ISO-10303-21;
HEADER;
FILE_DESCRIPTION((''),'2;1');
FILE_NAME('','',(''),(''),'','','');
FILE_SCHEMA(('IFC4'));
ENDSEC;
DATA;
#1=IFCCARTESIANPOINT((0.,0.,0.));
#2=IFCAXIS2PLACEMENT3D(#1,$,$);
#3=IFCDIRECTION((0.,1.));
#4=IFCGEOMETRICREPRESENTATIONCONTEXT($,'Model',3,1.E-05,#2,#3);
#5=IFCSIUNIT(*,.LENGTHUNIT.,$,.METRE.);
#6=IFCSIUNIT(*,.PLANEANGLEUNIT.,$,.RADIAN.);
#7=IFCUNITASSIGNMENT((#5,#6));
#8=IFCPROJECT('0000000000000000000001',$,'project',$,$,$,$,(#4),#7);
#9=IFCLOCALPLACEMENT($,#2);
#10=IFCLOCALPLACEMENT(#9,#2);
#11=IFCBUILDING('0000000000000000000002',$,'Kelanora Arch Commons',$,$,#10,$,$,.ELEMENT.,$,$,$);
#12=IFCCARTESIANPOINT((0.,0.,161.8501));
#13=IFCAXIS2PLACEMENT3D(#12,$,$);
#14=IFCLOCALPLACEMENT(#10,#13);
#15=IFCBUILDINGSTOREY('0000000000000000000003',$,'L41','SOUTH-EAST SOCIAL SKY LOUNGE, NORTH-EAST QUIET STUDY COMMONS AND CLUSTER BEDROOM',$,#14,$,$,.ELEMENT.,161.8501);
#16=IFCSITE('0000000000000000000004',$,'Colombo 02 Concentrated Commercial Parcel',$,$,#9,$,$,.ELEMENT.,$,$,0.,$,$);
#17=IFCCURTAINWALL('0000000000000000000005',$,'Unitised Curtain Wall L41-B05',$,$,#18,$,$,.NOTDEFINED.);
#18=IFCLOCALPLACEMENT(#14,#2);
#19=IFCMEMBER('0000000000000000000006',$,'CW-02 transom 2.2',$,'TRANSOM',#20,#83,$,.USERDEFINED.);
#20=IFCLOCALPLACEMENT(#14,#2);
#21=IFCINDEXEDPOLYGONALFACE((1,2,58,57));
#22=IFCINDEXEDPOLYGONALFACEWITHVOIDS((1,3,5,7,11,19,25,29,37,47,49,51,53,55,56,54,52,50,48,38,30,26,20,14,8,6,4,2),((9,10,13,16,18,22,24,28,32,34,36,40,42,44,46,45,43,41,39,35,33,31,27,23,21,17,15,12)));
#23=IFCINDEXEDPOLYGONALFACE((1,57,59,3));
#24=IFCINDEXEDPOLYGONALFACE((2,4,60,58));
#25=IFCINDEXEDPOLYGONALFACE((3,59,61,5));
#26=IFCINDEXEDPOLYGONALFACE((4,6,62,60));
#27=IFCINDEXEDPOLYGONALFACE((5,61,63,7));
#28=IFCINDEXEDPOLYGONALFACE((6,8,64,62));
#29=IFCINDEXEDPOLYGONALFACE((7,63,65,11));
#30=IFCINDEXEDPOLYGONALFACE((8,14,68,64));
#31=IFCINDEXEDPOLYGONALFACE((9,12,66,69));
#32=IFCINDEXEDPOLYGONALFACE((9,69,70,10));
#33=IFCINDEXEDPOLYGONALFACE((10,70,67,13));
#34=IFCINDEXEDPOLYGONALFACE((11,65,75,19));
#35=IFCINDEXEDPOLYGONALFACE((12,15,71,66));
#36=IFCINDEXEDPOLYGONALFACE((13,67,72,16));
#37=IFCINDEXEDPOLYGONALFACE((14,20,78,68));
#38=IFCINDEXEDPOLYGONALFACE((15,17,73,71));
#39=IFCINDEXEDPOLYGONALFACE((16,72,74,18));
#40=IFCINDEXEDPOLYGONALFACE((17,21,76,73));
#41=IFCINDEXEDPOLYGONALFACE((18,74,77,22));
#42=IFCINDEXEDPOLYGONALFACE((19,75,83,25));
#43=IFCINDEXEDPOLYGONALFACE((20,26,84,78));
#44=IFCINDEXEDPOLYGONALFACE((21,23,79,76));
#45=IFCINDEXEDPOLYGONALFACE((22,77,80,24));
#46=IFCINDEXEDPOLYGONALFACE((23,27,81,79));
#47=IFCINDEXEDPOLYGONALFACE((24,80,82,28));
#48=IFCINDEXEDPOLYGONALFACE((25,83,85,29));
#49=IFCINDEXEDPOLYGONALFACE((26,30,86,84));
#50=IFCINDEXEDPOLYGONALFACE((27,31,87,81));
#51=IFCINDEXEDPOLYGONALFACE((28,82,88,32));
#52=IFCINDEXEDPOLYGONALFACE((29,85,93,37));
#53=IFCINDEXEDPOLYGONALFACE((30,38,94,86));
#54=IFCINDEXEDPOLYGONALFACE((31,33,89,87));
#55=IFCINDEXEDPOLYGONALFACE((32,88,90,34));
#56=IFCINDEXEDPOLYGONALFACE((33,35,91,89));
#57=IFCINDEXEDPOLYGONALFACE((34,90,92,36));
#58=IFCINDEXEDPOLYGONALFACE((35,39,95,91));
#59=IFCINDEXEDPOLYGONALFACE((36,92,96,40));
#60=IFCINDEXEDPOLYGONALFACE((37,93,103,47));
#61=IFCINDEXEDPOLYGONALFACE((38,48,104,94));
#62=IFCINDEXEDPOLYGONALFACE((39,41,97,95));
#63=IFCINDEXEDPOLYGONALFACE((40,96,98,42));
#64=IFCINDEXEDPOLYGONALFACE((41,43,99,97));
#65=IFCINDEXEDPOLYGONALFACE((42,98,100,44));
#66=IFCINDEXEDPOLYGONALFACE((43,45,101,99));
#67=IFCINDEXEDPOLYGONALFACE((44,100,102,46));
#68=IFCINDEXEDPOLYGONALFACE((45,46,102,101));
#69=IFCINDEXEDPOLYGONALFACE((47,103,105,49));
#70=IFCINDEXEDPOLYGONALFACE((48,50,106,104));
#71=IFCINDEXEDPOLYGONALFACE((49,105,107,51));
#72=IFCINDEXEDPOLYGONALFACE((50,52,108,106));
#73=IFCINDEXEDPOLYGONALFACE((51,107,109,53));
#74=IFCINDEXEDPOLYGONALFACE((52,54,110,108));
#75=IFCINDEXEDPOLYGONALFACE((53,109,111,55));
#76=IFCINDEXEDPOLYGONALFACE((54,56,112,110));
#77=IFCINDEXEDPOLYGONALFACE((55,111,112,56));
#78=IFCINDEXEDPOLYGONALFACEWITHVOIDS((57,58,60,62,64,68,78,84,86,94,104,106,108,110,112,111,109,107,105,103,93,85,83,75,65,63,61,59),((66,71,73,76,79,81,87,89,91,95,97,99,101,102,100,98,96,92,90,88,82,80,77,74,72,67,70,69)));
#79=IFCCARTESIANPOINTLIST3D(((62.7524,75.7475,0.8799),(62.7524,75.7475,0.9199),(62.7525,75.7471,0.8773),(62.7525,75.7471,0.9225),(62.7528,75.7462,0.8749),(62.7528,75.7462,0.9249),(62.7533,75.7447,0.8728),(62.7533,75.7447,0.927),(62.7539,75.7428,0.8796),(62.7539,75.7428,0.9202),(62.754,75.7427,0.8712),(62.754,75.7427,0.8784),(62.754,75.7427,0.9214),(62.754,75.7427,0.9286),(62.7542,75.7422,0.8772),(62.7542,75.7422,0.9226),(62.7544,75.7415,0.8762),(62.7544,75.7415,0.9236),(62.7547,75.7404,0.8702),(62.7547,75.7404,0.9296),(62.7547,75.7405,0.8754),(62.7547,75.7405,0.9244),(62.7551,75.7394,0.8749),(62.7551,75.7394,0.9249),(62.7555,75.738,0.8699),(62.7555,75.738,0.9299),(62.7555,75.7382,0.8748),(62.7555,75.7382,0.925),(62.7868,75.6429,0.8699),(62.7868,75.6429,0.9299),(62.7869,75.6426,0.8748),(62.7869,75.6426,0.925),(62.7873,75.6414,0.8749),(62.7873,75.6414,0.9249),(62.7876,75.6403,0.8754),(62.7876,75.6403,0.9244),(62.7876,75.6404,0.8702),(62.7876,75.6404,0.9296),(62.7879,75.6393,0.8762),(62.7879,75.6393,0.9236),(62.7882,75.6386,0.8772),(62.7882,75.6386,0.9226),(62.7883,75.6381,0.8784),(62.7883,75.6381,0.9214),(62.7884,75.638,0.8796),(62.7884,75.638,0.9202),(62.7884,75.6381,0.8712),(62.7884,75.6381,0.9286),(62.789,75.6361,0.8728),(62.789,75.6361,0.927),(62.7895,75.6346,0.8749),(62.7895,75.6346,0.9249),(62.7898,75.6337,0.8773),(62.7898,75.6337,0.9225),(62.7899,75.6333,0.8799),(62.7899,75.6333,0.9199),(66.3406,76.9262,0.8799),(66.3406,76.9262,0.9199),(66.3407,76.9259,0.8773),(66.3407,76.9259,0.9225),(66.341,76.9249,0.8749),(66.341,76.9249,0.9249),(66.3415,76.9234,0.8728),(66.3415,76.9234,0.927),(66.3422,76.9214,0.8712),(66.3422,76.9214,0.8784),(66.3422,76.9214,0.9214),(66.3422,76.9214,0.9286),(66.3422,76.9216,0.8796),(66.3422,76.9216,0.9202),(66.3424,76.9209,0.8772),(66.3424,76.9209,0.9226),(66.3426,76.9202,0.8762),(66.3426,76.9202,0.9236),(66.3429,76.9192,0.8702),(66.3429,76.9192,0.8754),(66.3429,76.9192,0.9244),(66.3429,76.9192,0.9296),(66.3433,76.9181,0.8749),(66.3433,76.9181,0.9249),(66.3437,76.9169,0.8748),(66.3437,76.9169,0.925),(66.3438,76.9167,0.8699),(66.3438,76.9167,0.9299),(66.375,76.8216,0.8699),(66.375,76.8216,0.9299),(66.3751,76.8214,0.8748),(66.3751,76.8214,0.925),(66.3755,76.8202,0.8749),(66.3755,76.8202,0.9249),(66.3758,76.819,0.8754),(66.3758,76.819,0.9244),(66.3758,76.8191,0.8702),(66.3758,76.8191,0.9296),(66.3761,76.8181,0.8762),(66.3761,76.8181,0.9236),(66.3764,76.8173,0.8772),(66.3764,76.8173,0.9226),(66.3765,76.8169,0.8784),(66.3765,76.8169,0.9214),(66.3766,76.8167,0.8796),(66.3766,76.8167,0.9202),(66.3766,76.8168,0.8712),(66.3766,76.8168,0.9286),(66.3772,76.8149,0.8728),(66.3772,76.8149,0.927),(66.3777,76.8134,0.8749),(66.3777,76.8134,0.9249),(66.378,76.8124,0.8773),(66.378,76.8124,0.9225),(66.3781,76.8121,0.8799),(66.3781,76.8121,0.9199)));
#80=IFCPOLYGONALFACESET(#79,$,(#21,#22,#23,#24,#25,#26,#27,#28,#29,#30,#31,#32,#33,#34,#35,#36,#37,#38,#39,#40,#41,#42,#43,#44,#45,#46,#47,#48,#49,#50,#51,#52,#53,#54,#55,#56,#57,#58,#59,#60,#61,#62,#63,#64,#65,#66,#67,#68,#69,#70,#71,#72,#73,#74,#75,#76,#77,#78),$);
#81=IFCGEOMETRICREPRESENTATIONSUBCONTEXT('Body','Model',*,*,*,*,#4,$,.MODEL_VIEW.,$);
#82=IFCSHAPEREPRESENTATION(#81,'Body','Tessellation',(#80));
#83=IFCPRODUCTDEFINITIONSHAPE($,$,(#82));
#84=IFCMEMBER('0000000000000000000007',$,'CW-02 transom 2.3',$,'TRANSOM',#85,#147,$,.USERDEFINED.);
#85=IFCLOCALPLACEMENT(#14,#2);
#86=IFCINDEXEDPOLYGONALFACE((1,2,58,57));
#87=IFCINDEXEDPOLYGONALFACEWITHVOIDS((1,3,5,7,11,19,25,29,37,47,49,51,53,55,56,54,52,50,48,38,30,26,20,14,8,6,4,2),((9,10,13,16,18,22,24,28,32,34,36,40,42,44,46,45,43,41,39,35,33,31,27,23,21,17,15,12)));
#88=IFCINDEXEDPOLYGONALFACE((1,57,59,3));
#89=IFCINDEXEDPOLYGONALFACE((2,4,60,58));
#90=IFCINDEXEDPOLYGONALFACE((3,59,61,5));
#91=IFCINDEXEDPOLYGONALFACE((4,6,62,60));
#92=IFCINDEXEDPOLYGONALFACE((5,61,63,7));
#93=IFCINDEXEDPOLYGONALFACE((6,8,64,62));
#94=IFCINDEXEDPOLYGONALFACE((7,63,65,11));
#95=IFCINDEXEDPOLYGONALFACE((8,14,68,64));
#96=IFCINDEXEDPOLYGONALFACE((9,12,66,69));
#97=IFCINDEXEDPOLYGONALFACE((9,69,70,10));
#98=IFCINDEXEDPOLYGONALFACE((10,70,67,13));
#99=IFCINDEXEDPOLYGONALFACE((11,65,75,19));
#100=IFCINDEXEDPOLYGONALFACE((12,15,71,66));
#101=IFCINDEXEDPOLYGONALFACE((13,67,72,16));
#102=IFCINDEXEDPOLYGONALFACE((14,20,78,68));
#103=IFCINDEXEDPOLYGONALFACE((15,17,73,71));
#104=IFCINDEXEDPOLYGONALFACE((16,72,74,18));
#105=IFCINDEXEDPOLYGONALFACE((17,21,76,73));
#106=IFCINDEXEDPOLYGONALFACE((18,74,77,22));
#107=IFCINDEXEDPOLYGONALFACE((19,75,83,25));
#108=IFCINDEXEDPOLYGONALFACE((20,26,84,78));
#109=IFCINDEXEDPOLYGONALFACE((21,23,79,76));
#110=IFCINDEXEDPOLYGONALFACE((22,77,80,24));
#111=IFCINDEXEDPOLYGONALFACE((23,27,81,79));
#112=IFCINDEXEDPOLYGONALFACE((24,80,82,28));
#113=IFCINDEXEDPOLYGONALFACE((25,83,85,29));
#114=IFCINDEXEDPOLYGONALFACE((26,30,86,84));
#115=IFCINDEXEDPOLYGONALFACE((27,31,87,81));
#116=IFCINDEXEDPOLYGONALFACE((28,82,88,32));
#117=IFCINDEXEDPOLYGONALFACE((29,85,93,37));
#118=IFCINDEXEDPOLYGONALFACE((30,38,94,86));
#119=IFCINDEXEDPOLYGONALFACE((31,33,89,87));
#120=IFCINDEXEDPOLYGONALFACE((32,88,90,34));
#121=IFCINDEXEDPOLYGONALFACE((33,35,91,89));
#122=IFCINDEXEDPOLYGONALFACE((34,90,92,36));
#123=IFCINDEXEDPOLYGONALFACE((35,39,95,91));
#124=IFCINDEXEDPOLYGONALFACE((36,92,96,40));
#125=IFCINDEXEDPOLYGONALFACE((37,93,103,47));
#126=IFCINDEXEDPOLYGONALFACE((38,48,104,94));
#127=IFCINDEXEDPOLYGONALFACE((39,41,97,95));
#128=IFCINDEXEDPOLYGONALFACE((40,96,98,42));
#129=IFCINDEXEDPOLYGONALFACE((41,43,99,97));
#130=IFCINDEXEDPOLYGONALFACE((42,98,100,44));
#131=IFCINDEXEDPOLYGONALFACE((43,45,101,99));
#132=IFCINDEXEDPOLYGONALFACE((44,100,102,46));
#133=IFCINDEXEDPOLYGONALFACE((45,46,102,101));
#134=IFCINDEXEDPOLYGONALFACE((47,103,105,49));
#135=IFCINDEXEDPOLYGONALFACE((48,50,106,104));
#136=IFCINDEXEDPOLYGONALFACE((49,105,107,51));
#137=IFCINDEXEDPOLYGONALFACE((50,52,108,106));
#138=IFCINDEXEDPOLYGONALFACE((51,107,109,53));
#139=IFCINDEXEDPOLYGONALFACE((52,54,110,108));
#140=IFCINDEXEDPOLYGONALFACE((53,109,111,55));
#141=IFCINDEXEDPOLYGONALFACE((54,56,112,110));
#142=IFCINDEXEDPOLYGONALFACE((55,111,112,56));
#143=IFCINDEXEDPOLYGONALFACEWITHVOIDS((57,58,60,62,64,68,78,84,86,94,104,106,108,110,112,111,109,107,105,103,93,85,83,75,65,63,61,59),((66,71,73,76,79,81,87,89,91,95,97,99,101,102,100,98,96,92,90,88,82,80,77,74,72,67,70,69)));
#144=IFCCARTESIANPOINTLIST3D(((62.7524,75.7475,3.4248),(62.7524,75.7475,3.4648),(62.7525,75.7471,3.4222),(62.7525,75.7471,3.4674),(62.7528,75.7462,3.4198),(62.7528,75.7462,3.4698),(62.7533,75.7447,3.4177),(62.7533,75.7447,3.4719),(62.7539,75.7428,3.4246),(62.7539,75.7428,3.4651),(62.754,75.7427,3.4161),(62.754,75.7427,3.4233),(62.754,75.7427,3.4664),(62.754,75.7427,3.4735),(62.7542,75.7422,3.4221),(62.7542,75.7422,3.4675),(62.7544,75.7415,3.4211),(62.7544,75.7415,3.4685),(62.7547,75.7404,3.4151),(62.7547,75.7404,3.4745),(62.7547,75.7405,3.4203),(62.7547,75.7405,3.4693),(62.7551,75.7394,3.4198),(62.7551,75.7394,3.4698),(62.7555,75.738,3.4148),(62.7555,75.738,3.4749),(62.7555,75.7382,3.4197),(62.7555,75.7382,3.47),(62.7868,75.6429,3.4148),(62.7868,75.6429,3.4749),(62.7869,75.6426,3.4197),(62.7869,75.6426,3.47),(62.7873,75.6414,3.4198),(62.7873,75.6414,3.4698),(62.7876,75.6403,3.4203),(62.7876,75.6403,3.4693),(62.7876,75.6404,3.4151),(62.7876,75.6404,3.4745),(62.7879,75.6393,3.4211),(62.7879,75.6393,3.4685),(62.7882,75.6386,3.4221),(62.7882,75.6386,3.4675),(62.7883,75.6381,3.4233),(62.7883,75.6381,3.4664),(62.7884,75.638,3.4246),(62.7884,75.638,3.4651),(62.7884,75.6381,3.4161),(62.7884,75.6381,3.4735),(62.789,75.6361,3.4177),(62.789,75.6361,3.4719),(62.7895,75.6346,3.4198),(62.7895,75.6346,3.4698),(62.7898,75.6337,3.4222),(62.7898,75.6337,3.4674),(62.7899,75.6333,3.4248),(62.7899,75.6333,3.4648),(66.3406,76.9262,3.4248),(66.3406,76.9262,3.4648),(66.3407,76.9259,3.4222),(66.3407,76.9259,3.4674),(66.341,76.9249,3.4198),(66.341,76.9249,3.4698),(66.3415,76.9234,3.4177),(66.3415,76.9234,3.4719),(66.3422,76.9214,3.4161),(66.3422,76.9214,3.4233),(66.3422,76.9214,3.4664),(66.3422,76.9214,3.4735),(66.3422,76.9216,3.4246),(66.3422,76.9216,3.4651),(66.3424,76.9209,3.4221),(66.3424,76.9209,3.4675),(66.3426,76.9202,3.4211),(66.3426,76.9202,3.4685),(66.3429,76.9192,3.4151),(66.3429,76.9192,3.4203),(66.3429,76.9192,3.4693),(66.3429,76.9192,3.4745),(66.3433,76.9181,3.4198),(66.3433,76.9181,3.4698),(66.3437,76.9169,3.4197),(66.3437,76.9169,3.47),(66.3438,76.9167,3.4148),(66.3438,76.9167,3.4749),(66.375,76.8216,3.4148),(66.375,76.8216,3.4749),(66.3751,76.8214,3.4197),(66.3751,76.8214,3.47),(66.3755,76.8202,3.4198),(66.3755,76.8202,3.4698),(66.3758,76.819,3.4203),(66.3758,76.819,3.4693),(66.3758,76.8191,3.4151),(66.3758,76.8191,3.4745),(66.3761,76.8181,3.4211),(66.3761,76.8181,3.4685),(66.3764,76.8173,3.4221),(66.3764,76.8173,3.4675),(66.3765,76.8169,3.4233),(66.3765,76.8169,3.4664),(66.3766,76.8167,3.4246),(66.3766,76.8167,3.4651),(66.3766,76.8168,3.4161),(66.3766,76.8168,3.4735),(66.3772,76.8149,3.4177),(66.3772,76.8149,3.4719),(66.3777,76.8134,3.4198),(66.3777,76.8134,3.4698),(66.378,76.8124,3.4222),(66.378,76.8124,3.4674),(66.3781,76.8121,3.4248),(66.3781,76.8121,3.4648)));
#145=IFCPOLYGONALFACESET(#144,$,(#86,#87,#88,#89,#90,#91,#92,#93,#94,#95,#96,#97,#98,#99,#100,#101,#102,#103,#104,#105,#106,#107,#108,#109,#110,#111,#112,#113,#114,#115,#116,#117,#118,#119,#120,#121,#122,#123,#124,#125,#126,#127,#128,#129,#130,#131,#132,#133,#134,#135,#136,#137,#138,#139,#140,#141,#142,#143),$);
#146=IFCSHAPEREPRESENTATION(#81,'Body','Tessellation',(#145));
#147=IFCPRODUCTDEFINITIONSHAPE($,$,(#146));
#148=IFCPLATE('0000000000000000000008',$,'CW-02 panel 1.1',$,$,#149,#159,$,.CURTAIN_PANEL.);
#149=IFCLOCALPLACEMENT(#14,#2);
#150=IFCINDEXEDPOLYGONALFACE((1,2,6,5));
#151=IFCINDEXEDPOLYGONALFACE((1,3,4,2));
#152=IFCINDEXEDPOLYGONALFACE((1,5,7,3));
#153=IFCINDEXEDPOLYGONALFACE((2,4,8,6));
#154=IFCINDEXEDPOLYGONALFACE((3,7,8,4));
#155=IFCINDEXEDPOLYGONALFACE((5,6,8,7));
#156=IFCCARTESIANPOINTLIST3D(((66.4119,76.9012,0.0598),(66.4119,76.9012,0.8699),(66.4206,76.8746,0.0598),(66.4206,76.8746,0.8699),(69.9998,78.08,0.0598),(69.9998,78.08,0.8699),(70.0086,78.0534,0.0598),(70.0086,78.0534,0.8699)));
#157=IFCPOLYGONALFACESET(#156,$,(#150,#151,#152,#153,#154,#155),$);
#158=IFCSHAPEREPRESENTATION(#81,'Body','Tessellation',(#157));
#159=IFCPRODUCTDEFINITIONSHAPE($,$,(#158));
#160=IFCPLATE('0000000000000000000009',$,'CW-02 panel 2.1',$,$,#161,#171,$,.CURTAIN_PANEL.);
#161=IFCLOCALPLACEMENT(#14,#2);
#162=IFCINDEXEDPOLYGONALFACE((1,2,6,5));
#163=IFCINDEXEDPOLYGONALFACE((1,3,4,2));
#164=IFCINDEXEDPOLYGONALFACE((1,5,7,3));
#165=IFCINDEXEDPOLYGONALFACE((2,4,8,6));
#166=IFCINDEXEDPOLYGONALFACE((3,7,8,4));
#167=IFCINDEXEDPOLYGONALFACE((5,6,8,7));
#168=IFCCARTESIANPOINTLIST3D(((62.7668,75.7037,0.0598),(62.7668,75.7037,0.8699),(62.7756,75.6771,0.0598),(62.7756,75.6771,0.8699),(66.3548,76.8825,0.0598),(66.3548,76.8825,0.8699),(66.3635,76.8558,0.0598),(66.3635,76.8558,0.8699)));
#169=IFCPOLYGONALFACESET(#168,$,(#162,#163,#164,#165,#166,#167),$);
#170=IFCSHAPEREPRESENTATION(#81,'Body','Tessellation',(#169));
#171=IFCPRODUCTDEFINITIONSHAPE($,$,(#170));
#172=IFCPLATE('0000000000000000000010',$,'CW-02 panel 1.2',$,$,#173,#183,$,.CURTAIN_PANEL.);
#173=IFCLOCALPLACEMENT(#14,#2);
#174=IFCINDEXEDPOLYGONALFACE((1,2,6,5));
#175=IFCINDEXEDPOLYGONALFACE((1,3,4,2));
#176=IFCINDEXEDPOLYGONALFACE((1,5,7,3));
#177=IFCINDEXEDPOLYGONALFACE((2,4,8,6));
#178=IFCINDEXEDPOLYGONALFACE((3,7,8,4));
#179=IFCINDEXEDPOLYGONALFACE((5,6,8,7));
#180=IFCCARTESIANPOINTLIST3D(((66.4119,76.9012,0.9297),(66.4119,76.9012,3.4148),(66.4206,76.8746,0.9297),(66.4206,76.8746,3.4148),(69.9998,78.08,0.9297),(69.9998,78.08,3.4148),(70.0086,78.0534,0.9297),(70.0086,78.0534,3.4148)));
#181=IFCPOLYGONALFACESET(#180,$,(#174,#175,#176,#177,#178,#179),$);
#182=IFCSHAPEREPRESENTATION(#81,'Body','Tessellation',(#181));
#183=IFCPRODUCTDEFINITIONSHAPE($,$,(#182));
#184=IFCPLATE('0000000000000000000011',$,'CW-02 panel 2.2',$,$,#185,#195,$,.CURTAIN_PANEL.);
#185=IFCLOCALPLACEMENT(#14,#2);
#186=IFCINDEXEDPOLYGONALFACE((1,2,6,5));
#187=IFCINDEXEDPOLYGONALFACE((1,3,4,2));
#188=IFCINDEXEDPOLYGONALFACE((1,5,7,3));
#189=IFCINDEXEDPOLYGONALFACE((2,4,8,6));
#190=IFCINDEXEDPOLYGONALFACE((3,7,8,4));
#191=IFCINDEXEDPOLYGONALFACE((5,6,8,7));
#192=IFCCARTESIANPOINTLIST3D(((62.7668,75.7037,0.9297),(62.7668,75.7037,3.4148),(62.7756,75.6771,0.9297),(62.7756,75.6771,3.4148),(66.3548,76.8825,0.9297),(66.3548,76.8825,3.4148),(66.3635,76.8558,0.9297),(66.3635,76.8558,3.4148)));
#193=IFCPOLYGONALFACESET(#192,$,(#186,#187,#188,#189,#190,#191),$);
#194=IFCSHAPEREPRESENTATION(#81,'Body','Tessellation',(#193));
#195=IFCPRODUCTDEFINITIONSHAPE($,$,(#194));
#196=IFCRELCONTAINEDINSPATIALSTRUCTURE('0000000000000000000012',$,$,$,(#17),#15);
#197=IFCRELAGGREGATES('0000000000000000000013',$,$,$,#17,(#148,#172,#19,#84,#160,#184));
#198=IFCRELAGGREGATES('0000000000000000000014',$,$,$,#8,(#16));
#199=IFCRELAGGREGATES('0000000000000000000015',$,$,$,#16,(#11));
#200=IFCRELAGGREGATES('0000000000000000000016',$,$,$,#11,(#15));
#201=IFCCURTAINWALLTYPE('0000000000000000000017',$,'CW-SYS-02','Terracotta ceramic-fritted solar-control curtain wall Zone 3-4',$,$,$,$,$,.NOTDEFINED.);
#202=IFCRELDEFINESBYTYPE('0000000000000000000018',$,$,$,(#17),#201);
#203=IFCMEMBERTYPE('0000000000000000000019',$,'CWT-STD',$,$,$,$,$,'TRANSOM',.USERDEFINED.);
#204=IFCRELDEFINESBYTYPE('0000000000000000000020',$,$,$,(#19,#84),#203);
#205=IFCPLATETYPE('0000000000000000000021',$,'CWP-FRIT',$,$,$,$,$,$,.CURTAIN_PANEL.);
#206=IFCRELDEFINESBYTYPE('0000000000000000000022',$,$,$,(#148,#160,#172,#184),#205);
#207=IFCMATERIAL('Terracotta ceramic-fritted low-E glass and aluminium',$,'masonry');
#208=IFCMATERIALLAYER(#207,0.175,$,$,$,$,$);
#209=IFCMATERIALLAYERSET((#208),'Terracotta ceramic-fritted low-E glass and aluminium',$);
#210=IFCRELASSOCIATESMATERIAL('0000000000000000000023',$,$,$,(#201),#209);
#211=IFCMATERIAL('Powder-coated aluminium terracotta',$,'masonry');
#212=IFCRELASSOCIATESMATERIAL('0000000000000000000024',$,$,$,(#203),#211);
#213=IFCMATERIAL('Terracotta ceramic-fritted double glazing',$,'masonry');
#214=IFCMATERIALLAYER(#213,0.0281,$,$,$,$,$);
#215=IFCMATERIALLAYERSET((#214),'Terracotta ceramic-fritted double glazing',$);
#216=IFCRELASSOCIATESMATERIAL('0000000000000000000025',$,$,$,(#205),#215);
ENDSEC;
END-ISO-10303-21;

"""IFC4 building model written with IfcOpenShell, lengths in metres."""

from ifc_helpers import new_model, si_unit, direction, frame, origin, origin_2d, place, context, subcontext, project, spatial, rectangle, hollow_rectangle, extrude, source, transform, mapped, material, layer, layer_set, material_profile, profile_set, type_object, element, aggregate, save


model = new_model("IFC4")

# Units and contexts
model_context = context("Model", 3, precision=1e-05, world=origin(), true_north=direction((0.0, 1.0)))
body_context = subcontext(model_context, "Body", "Model", "MODEL_VIEW")
ifc_project = project(units=[si_unit("LENGTHUNIT", "METRE"), si_unit("PLANEANGLEUNIT", "RADIAN")], contexts=[model_context])

# Site, building, storey
site_placement = place(None, origin())
site = spatial("IfcSite", under=ifc_project, at=site_placement, Name="Colombo 02 Concentrated Commercial Parcel", CompositionType="ELEMENT", RefElevation=0.0)
building_placement = place(site_placement, origin())
building = spatial("IfcBuilding", under=site, at=building_placement, Name="Kelanora Arch Commons", CompositionType="ELEMENT")
storey_placement = place(building_placement, frame((0.0, 0.0, 161.8501)))
storey = spatial("IfcBuildingStorey", under=building, at=storey_placement, Name="L41", Description="SOUTH-EAST SOCIAL SKY LOUNGE, NORTH-EAST QUIET STUDY COMMONS AND CLUSTER BEDROOM", CompositionType="ELEMENT", Elevation=161.8501)

# Curtain wall, members, plates
ifc_material_1 = material(Name="Terracotta ceramic-fritted low-E glass and aluminium", Category="masonry")
ifc_layer_1 = layer(ifc_material_1, 0.175)
ifc_layer_set_1 = layer_set([ifc_layer_1], Name="Terracotta ceramic-fritted low-E glass and aluminium")
curtain_wall_type = type_object("IfcCurtainWallType", Name="CW-SYS-02", Description="Terracotta ceramic-fritted solar-control curtain wall Zone 3-4", PredefinedType="NOTDEFINED", material=ifc_layer_set_1)
curtain_wall_placement = place(storey_placement, origin())
curtain_wall = element("IfcCurtainWall", 1, at=curtain_wall_placement, inside=storey, type_object=curtain_wall_type, Name="Unitised Curtain Wall L41-B05", PredefinedType="NOTDEFINED")
ifc_material_2 = material(Name="Powder-coated aluminium terracotta", Category="masonry")
ifc_material_profile_1 = material_profile(ifc_material_2, hollow_rectangle(XDim=0.1201, YDim=0.0601, WallThickness=0.0049, InnerFilletRadius=0.0049, OuterFilletRadius=0.01, at=origin_2d()), Name="CWT120x60")
ifc_profile_set_1 = profile_set([ifc_material_profile_1], Name="Powder-coated aluminium terracotta")
member_type_1 = type_object("IfcMemberType", Name="CWT-STD", ElementType="TRANSOM", PredefinedType="USERDEFINED", material=ifc_profile_set_1)
member_1_placement = place(storey_placement, frame((66.3594, 76.8691, 0.8999), z_axis=(-0.950051, -0.312094, 0.0), x_axis=(0.312094, -0.950051, 0.0)))
member_1 = element("IfcMember", 2, at=member_1_placement, type_object=member_type_1, Name="CW-02 transom 2.2", ObjectType="TRANSOM", PredefinedType="USERDEFINED", context=body_context, shape_type="SweptSolid", body=[
    extrude(hollow_rectangle(XDim=0.1201, YDim=0.0601, WallThickness=0.0049, InnerFilletRadius=0.0049, OuterFilletRadius=0.01, at=origin_2d()), origin(), (0.0, 0.0, 1.0), 3.7769),
])
member_2_placement = place(storey_placement, frame((66.3594, 76.8691, 3.4448), z_axis=(-0.950051, -0.312094, 0.0), x_axis=(0.312094, -0.950051, 0.0)))
member_2 = element("IfcMember", 3, at=member_2_placement, type_object=member_type_1, Name="CW-02 transom 2.3", ObjectType="TRANSOM", PredefinedType="USERDEFINED", context=body_context, shape_type="SweptSolid", body=[
    extrude(hollow_rectangle(XDim=0.1201, YDim=0.0601, WallThickness=0.0049, InnerFilletRadius=0.0049, OuterFilletRadius=0.01, at=origin_2d()), origin(), (0.0, 0.0, 1.0), 3.7769),
])
ifc_material_3 = material(Name="Terracotta ceramic-fritted double glazing", Category="masonry")
ifc_layer_2 = layer(ifc_material_3, 0.0281)
ifc_layer_set_2 = layer_set([ifc_layer_2], Name="Terracotta ceramic-fritted double glazing")
plate_type = type_object("IfcPlateType", Name="CWP-FRIT", PredefinedType="CURTAIN_PANEL", material=ifc_layer_set_2)
shared_shape_1 = source(origin(), body_context, "Body", "SweptSolid", [
    extrude(rectangle(XDim=3.7766, YDim=0.0281, at=origin_2d()), origin(), (0.0, 0.0, 1.0), 0.8101),
])
plate_1_placement = place(storey_placement, frame((68.2102, 77.4773, 0.0598), z_axis=(0.0, 0.0, 1.0), x_axis=(-0.95004, -0.312128, 0.0)))
plate_1 = element("IfcPlate", 4, at=plate_1_placement, type_object=plate_type, Name="CW-02 panel 1.1", PredefinedType="CURTAIN_PANEL", context=body_context, shape_type="MappedRepresentation", body=[
    mapped(shared_shape_1, transform((0.0, 0.0, 0.0), scale=1.0)),
])
plate_2_placement = place(storey_placement, frame((64.5652, 76.2798, 0.0598), z_axis=(0.0, 0.0, 1.0), x_axis=(-0.95004, -0.312128, 0.0)))
plate_2 = element("IfcPlate", 5, at=plate_2_placement, type_object=plate_type, Name="CW-02 panel 2.1", PredefinedType="CURTAIN_PANEL", context=body_context, shape_type="MappedRepresentation", body=[
    mapped(shared_shape_1, transform((0.0, 0.0, 0.0), scale=1.0)),
])
shared_shape_2 = source(origin(), body_context, "Body", "SweptSolid", [
    extrude(rectangle(XDim=3.7766, YDim=0.0281, at=origin_2d()), origin(), (0.0, 0.0, 1.0), 2.4851),
])
plate_3_placement = place(storey_placement, frame((68.2102, 77.4773, 0.9297), z_axis=(0.0, 0.0, 1.0), x_axis=(-0.95004, -0.312128, 0.0)))
plate_3 = element("IfcPlate", 6, at=plate_3_placement, type_object=plate_type, Name="CW-02 panel 1.2", PredefinedType="CURTAIN_PANEL", context=body_context, shape_type="MappedRepresentation", body=[
    mapped(shared_shape_2, transform((0.0, 0.0, 0.0), scale=1.0)),
])
plate_4_placement = place(storey_placement, frame((64.5652, 76.2798, 0.9297), z_axis=(0.0, 0.0, 1.0), x_axis=(-0.95004, -0.312128, 0.0)))
plate_4 = element("IfcPlate", 7, at=plate_4_placement, type_object=plate_type, Name="CW-02 panel 2.2", PredefinedType="CURTAIN_PANEL", context=body_context, shape_type="MappedRepresentation", body=[
    mapped(shared_shape_2, transform((0.0, 0.0, 0.0), scale=1.0)),
])
aggregate(curtain_wall, [plate_1, plate_3, member_1, member_2, plate_2, plate_4])

save(model, "model.ifc")
